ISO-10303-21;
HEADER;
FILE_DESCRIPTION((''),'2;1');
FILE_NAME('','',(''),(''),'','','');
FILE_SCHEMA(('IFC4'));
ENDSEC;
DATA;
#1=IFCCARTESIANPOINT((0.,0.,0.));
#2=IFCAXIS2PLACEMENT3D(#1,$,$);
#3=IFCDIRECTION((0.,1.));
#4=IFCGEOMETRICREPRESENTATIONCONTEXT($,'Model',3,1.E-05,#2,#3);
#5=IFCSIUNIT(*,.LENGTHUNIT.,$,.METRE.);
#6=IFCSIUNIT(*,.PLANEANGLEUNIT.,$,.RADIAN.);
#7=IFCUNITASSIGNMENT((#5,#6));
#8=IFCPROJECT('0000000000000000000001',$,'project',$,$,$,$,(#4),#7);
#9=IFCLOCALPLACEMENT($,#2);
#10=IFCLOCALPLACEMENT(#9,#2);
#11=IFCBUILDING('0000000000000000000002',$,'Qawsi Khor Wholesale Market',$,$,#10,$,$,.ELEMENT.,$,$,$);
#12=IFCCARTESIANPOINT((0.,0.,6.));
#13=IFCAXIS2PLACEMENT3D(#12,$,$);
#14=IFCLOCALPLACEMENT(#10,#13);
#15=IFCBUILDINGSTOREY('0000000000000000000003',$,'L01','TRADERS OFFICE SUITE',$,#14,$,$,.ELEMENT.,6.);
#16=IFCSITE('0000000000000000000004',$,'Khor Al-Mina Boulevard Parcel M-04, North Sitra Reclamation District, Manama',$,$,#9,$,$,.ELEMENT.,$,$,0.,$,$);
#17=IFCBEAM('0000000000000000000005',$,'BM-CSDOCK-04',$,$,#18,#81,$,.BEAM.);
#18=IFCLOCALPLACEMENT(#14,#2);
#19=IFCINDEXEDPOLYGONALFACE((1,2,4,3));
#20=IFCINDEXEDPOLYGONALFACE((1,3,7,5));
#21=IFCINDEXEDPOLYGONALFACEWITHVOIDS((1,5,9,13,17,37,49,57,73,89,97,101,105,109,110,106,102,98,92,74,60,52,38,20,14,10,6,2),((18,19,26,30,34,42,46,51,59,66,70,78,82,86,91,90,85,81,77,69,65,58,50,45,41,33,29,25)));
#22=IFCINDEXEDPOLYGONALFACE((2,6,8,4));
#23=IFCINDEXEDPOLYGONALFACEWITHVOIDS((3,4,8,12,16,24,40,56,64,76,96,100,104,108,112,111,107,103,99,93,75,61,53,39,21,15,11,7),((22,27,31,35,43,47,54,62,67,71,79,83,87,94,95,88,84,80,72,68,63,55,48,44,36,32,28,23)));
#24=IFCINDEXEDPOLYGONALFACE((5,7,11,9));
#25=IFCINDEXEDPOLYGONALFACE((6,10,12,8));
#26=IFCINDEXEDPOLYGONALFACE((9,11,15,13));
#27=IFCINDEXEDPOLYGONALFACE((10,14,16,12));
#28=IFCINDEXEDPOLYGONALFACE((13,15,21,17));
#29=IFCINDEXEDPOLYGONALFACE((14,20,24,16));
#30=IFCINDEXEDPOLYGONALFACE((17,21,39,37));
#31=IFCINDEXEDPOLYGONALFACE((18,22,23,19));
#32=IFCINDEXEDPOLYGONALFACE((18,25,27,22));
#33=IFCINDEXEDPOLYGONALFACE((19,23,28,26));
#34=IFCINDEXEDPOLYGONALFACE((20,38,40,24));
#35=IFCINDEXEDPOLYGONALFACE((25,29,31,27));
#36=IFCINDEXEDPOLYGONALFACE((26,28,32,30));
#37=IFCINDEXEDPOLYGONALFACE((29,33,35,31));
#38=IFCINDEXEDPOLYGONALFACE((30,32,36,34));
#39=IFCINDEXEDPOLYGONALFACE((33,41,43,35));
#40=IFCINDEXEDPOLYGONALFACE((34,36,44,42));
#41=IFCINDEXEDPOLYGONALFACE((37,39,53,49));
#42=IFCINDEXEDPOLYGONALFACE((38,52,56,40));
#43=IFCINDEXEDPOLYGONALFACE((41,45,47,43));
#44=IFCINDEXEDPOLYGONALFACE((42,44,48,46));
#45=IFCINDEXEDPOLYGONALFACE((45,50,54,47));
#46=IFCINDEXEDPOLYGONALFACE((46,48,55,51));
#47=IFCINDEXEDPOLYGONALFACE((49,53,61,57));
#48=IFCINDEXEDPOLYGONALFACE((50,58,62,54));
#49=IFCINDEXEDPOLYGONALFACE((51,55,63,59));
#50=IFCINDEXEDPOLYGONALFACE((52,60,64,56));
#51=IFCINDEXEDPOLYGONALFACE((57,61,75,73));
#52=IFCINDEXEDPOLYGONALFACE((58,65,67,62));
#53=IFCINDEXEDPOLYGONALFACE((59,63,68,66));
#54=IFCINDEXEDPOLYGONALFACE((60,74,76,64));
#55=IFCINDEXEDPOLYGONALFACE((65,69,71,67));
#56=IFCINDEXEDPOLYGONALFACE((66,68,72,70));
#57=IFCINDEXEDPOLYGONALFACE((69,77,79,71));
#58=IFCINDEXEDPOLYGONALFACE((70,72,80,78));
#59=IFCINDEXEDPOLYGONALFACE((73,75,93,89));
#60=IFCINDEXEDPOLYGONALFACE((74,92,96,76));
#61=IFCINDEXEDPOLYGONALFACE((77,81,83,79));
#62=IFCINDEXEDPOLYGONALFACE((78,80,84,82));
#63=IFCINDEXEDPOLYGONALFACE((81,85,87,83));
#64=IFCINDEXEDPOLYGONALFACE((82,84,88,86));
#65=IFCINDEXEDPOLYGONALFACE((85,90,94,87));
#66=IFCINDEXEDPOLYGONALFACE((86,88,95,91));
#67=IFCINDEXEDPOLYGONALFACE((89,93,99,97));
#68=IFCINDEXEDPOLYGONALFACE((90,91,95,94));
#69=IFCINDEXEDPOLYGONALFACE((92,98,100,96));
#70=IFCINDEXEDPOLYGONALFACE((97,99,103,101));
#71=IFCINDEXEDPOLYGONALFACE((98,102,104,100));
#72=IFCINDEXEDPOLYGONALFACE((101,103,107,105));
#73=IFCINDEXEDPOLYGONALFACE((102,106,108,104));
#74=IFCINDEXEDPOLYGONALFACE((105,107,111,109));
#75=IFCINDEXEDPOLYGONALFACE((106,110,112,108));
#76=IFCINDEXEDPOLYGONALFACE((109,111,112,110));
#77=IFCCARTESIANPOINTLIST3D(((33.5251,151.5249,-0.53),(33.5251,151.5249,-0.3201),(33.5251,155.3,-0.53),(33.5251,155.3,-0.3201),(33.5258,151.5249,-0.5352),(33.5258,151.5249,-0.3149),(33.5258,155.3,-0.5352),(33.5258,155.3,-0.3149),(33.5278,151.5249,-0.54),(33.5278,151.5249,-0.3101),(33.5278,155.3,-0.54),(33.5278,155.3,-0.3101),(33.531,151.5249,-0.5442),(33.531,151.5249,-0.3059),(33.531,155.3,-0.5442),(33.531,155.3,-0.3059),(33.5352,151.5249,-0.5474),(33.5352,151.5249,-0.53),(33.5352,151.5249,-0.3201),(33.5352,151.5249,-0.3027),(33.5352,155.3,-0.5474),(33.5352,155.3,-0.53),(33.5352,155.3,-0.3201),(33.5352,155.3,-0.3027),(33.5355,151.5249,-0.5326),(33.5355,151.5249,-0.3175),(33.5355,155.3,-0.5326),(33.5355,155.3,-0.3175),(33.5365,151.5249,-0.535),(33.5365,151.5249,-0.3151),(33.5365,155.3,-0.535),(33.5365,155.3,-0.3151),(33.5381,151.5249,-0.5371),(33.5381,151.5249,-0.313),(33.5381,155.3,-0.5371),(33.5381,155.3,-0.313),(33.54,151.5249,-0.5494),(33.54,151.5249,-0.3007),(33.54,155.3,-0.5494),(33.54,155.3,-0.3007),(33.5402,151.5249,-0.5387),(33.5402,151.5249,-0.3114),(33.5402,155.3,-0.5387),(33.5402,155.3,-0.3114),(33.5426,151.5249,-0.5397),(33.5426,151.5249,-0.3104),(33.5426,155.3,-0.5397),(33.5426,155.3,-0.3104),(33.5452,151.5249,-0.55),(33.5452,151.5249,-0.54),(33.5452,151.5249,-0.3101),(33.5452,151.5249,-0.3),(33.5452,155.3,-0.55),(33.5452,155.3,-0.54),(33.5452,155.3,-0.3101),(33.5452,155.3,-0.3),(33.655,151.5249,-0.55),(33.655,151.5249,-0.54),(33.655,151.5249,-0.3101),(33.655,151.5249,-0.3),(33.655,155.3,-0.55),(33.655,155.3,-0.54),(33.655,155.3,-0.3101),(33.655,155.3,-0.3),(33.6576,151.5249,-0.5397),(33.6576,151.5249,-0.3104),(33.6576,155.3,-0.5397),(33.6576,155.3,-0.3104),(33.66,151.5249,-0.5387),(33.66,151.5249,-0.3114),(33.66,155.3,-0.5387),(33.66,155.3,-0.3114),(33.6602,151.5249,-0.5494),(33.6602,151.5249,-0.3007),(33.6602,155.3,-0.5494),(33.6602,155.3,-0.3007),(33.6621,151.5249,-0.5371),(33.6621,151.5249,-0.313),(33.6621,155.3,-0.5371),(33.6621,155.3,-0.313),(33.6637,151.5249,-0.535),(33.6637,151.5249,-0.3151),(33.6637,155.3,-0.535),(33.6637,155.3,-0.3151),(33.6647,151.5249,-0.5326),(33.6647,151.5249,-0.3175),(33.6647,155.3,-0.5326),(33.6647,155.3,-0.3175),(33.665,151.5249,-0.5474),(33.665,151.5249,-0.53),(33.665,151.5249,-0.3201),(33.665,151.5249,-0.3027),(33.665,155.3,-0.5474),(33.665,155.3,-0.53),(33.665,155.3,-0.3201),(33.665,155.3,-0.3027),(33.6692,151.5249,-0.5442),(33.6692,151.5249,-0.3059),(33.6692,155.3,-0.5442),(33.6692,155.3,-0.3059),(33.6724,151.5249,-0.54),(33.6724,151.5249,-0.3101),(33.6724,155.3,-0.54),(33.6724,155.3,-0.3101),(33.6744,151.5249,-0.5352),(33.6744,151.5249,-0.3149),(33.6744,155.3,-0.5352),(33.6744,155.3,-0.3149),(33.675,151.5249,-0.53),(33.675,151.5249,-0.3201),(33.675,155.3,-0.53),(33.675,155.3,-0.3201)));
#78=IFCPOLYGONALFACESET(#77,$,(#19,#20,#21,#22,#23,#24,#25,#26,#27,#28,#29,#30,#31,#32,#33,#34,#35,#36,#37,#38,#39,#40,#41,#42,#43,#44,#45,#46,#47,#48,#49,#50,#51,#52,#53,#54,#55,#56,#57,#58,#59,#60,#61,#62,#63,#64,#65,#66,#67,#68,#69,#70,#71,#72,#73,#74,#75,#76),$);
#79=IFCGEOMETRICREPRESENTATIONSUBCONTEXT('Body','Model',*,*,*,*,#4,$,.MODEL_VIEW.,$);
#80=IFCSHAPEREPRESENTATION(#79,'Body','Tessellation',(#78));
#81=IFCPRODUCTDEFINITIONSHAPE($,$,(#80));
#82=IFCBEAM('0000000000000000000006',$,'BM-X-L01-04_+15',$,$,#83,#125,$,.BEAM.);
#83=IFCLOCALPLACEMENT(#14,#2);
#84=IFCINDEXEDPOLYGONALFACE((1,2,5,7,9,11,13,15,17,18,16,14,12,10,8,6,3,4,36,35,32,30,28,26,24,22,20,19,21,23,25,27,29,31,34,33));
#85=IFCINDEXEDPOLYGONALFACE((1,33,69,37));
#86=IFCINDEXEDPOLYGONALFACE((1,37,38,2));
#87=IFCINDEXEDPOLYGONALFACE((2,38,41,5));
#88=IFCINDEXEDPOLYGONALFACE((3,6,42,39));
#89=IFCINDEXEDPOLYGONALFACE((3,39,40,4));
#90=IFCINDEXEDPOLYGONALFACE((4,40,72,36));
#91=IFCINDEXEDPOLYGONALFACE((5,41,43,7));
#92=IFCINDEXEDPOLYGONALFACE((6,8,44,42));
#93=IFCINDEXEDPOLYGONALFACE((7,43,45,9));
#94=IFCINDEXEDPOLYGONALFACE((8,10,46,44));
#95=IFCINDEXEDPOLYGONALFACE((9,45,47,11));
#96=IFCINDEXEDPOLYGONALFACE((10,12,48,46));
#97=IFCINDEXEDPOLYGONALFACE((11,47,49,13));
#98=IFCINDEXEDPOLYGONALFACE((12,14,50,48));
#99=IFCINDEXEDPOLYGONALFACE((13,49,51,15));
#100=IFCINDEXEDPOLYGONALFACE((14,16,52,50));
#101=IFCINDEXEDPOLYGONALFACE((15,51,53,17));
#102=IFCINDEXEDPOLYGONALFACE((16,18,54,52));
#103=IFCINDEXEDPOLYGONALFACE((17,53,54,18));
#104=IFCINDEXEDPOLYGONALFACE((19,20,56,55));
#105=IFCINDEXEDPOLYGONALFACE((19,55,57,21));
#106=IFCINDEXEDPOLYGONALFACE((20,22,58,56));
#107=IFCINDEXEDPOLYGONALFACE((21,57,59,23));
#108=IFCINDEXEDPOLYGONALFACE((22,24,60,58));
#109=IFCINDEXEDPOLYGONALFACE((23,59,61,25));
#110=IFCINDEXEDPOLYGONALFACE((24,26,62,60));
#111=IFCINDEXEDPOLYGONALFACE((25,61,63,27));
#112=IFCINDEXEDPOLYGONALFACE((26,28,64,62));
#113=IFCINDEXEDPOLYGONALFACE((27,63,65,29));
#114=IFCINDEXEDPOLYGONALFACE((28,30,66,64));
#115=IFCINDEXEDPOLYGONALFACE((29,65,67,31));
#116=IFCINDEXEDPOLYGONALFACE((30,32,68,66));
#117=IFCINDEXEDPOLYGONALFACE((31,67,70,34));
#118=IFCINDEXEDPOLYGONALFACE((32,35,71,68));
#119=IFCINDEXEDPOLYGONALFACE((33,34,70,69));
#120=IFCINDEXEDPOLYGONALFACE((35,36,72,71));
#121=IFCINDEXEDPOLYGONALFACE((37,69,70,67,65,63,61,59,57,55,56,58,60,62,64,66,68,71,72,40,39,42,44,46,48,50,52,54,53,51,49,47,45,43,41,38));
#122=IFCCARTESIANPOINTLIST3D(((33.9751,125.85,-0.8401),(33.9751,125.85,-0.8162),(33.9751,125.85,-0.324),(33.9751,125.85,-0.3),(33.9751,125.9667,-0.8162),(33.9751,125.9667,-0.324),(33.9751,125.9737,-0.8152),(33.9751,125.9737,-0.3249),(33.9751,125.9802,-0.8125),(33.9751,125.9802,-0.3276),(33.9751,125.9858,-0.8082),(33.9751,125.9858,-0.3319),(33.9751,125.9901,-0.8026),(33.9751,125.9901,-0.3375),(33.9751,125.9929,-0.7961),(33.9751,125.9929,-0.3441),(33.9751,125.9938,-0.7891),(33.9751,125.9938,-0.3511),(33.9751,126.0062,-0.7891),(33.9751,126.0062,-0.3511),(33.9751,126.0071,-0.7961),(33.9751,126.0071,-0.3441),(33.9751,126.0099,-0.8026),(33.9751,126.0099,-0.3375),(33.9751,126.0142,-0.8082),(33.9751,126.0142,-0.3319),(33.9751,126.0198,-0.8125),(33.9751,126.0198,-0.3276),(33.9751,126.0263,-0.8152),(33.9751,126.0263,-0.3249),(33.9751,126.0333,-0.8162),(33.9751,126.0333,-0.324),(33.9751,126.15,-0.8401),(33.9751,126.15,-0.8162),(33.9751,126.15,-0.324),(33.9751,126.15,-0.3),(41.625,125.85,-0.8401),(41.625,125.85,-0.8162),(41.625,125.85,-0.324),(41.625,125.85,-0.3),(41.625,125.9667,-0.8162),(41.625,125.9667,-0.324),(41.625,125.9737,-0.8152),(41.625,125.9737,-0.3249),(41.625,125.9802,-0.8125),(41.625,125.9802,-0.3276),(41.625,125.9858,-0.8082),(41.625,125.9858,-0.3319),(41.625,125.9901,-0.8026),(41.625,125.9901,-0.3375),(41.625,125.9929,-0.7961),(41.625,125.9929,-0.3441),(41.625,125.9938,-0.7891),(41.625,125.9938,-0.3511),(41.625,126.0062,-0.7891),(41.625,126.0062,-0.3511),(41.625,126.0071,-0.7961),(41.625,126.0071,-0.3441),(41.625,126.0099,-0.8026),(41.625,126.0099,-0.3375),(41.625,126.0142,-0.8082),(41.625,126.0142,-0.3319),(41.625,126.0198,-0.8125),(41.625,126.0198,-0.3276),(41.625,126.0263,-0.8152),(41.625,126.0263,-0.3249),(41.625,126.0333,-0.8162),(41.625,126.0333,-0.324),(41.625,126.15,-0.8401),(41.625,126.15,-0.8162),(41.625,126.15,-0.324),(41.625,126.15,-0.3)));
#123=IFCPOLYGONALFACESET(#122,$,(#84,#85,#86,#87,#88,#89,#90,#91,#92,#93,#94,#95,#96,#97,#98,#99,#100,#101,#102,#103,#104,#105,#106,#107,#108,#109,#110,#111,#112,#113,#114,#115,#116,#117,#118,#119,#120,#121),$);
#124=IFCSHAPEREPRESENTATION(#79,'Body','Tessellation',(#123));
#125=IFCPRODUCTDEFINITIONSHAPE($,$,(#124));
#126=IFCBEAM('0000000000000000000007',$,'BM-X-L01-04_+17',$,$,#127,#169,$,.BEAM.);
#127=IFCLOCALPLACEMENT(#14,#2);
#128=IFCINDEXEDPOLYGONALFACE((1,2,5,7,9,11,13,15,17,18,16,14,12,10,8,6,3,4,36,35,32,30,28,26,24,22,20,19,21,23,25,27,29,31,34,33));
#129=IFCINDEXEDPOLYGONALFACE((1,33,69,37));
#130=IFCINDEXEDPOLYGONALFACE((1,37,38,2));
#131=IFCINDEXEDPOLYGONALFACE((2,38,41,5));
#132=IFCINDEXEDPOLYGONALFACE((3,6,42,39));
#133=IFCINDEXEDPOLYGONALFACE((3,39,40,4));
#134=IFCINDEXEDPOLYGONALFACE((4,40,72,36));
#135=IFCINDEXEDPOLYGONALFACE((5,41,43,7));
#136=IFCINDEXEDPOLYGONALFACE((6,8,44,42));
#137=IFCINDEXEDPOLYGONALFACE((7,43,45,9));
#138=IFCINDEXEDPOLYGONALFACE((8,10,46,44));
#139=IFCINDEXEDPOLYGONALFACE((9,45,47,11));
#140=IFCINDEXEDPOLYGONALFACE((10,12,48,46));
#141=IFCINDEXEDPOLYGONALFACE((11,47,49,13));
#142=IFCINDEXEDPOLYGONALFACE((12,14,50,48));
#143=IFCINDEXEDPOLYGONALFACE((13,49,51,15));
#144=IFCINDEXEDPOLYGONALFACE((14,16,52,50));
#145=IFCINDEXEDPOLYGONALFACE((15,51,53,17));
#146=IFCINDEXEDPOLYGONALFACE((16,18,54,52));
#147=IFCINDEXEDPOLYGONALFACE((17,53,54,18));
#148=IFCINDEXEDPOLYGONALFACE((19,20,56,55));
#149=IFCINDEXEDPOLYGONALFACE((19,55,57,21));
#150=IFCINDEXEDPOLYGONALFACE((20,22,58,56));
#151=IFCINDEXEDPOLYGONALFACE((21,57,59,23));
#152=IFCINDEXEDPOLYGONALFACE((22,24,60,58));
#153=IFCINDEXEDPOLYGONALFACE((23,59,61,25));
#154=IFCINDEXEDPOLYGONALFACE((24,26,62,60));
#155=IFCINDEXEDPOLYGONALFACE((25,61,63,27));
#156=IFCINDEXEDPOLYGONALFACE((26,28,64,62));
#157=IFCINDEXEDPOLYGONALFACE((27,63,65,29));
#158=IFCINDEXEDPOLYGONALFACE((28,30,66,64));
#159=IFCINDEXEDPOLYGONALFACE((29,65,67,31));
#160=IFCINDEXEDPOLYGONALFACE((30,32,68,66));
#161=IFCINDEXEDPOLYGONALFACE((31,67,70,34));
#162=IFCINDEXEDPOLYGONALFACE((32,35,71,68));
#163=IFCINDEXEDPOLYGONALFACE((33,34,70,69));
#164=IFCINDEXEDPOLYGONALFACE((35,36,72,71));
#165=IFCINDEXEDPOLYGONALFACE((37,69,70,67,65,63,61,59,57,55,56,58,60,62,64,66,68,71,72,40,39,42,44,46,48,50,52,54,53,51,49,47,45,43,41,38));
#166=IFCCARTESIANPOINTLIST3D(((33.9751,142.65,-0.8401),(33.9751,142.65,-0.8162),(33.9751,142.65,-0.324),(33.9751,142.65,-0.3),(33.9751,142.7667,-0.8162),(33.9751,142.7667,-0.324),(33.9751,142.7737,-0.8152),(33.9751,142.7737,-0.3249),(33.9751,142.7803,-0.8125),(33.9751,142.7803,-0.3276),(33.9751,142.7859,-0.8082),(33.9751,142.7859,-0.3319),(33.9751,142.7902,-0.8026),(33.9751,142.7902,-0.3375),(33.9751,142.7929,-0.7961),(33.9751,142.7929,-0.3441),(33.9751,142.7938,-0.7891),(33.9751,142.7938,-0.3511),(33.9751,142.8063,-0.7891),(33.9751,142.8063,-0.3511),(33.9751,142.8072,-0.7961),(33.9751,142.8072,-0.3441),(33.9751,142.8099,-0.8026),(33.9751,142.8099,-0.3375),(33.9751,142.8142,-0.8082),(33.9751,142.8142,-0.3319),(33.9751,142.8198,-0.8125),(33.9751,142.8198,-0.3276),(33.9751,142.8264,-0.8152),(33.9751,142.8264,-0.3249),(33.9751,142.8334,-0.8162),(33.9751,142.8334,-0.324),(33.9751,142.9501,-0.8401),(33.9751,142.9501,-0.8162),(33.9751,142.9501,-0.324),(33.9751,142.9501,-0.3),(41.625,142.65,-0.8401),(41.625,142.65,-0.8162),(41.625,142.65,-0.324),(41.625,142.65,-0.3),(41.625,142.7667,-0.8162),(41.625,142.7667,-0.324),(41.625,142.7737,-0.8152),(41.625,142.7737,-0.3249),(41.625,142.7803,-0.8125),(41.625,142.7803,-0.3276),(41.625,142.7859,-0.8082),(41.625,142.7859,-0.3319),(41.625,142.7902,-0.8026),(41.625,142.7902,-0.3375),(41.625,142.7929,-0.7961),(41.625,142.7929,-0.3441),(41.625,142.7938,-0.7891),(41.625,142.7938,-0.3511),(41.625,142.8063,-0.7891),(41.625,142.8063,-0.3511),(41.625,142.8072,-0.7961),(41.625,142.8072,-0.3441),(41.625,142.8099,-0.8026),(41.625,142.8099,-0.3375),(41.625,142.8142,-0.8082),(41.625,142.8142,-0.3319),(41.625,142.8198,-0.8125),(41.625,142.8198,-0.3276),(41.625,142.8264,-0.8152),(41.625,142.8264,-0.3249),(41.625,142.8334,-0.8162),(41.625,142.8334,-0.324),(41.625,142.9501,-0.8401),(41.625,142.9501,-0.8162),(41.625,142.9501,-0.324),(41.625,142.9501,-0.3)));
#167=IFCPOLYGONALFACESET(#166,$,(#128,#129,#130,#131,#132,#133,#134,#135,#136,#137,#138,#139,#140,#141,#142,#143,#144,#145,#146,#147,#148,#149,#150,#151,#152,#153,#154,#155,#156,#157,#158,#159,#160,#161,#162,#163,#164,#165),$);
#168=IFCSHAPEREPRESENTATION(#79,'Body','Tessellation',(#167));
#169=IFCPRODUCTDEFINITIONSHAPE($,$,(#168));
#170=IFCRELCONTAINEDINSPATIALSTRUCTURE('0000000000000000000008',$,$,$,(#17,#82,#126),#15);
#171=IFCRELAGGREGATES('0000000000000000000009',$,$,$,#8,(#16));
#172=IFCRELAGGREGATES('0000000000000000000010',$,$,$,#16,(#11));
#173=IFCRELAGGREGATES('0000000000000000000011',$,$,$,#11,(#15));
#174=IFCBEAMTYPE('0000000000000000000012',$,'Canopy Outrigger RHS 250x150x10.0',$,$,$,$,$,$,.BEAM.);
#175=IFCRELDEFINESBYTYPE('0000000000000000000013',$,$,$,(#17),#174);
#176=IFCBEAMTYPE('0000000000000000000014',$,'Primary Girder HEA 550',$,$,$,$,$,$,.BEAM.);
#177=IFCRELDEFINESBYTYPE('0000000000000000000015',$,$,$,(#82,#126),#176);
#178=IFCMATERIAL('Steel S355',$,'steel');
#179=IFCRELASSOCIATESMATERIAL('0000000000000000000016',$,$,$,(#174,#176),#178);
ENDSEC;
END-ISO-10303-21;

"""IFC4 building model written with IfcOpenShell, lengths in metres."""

from ifc_helpers import new_model, si_unit, direction, frame, origin, origin_2d, place, context, subcontext, project, spatial, hollow_rectangle, i_section, extrude, material, material_profile, profile_set, type_object, element, save


model = new_model("IFC4")

# Units and contexts
model_context = context("Model", 3, precision=1e-05, world=origin(), true_north=direction((0.0, 1.0)))
body_context = subcontext(model_context, "Body", "Model", "MODEL_VIEW")
ifc_project = project(units=[si_unit("LENGTHUNIT", "METRE"), si_unit("PLANEANGLEUNIT", "RADIAN")], contexts=[model_context])

# Site, building, storey
site_placement = place(None, origin())
site = spatial("IfcSite", under=ifc_project, at=site_placement, Name="Khor Al-Mina Boulevard Parcel M-04, North Sitra Reclamation District, Manama", CompositionType="ELEMENT", RefElevation=0.0)
building_placement = place(site_placement, origin())
building = spatial("IfcBuilding", under=site, at=building_placement, Name="Qawsi Khor Wholesale Market", CompositionType="ELEMENT")
storey_placement = place(building_placement, frame((0.0, 0.0, 6.0)))
storey = spatial("IfcBuildingStorey", under=building, at=storey_placement, Name="L01", Description="TRADERS OFFICE SUITE", CompositionType="ELEMENT", Elevation=6.0)

# Beams
ifc_material_1 = material(Name="Steel S355", Category="steel")
ifc_material_profile_1 = material_profile(ifc_material_1, hollow_rectangle(XDim=0.1499, YDim=0.25, WallThickness=0.01, InnerFilletRadius=0.01, OuterFilletRadius=0.02, at=origin_2d()), Name="RHS 250x150x10.0")
ifc_profile_set_1 = profile_set([ifc_material_profile_1], Name="Steel S355")
beam_type_1 = type_object("IfcBeamType", Name="Canopy Outrigger RHS 250x150x10.0", PredefinedType="BEAM", material=ifc_profile_set_1)
beam_1_placement = place(storey_placement, frame((33.6001, 151.5249, -0.425), z_axis=(0.0, 1.0, 0.0), x_axis=(-1.0, 0.0, 0.0)))
element("IfcBeam", 1, at=beam_1_placement, inside=storey, type_object=beam_type_1, Name="BM-CSDOCK-04", PredefinedType="BEAM", context=body_context, shape_type="SweptSolid", body=[
    extrude(hollow_rectangle(XDim=0.1499, YDim=0.25, WallThickness=0.01, InnerFilletRadius=0.01, OuterFilletRadius=0.02, at=origin_2d()), origin(), (0.0, 0.0, 1.0), 3.7751),
])
ifc_material_profile_2 = material_profile(ifc_material_1, i_section(OverallWidth=0.3, OverallDepth=0.54, WebThickness=0.0125, FlangeThickness=0.0239, FilletRadius=0.0271, at=origin_2d()), Name="HEA 550")
ifc_profile_set_2 = profile_set([ifc_material_profile_2], Name="Steel S355")
beam_type_2 = type_object("IfcBeamType", Name="Primary Girder HEA 550", PredefinedType="BEAM", material=ifc_profile_set_2)
for number, where, z_axis, x_axis, name in (
    (2, (33.9751, 126.0, -0.5701), (1.0, 0.0, 0.0), (0.0, 1.0, 0.0), "BM-X-L01-04_+15"),
    (3, (33.9751, 142.8, -0.5701), (1.0, 0.0, 0.0), (0.0, 1.0, 0.0), "BM-X-L01-04_+17"),
):
    element("IfcBeam", number, at=place(storey_placement, frame(where, z_axis=z_axis, x_axis=x_axis)), inside=storey, type_object=beam_type_2, Name=name, PredefinedType="BEAM", context=body_context, shape_type="SweptSolid", body=[
        extrude(i_section(OverallWidth=0.3, OverallDepth=0.54, WebThickness=0.0125, FlangeThickness=0.0239, FilletRadius=0.0271, at=origin_2d()), origin(), (0.0, 0.0, 1.0), 7.6499),
    ])

save(model, "model.ifc")
